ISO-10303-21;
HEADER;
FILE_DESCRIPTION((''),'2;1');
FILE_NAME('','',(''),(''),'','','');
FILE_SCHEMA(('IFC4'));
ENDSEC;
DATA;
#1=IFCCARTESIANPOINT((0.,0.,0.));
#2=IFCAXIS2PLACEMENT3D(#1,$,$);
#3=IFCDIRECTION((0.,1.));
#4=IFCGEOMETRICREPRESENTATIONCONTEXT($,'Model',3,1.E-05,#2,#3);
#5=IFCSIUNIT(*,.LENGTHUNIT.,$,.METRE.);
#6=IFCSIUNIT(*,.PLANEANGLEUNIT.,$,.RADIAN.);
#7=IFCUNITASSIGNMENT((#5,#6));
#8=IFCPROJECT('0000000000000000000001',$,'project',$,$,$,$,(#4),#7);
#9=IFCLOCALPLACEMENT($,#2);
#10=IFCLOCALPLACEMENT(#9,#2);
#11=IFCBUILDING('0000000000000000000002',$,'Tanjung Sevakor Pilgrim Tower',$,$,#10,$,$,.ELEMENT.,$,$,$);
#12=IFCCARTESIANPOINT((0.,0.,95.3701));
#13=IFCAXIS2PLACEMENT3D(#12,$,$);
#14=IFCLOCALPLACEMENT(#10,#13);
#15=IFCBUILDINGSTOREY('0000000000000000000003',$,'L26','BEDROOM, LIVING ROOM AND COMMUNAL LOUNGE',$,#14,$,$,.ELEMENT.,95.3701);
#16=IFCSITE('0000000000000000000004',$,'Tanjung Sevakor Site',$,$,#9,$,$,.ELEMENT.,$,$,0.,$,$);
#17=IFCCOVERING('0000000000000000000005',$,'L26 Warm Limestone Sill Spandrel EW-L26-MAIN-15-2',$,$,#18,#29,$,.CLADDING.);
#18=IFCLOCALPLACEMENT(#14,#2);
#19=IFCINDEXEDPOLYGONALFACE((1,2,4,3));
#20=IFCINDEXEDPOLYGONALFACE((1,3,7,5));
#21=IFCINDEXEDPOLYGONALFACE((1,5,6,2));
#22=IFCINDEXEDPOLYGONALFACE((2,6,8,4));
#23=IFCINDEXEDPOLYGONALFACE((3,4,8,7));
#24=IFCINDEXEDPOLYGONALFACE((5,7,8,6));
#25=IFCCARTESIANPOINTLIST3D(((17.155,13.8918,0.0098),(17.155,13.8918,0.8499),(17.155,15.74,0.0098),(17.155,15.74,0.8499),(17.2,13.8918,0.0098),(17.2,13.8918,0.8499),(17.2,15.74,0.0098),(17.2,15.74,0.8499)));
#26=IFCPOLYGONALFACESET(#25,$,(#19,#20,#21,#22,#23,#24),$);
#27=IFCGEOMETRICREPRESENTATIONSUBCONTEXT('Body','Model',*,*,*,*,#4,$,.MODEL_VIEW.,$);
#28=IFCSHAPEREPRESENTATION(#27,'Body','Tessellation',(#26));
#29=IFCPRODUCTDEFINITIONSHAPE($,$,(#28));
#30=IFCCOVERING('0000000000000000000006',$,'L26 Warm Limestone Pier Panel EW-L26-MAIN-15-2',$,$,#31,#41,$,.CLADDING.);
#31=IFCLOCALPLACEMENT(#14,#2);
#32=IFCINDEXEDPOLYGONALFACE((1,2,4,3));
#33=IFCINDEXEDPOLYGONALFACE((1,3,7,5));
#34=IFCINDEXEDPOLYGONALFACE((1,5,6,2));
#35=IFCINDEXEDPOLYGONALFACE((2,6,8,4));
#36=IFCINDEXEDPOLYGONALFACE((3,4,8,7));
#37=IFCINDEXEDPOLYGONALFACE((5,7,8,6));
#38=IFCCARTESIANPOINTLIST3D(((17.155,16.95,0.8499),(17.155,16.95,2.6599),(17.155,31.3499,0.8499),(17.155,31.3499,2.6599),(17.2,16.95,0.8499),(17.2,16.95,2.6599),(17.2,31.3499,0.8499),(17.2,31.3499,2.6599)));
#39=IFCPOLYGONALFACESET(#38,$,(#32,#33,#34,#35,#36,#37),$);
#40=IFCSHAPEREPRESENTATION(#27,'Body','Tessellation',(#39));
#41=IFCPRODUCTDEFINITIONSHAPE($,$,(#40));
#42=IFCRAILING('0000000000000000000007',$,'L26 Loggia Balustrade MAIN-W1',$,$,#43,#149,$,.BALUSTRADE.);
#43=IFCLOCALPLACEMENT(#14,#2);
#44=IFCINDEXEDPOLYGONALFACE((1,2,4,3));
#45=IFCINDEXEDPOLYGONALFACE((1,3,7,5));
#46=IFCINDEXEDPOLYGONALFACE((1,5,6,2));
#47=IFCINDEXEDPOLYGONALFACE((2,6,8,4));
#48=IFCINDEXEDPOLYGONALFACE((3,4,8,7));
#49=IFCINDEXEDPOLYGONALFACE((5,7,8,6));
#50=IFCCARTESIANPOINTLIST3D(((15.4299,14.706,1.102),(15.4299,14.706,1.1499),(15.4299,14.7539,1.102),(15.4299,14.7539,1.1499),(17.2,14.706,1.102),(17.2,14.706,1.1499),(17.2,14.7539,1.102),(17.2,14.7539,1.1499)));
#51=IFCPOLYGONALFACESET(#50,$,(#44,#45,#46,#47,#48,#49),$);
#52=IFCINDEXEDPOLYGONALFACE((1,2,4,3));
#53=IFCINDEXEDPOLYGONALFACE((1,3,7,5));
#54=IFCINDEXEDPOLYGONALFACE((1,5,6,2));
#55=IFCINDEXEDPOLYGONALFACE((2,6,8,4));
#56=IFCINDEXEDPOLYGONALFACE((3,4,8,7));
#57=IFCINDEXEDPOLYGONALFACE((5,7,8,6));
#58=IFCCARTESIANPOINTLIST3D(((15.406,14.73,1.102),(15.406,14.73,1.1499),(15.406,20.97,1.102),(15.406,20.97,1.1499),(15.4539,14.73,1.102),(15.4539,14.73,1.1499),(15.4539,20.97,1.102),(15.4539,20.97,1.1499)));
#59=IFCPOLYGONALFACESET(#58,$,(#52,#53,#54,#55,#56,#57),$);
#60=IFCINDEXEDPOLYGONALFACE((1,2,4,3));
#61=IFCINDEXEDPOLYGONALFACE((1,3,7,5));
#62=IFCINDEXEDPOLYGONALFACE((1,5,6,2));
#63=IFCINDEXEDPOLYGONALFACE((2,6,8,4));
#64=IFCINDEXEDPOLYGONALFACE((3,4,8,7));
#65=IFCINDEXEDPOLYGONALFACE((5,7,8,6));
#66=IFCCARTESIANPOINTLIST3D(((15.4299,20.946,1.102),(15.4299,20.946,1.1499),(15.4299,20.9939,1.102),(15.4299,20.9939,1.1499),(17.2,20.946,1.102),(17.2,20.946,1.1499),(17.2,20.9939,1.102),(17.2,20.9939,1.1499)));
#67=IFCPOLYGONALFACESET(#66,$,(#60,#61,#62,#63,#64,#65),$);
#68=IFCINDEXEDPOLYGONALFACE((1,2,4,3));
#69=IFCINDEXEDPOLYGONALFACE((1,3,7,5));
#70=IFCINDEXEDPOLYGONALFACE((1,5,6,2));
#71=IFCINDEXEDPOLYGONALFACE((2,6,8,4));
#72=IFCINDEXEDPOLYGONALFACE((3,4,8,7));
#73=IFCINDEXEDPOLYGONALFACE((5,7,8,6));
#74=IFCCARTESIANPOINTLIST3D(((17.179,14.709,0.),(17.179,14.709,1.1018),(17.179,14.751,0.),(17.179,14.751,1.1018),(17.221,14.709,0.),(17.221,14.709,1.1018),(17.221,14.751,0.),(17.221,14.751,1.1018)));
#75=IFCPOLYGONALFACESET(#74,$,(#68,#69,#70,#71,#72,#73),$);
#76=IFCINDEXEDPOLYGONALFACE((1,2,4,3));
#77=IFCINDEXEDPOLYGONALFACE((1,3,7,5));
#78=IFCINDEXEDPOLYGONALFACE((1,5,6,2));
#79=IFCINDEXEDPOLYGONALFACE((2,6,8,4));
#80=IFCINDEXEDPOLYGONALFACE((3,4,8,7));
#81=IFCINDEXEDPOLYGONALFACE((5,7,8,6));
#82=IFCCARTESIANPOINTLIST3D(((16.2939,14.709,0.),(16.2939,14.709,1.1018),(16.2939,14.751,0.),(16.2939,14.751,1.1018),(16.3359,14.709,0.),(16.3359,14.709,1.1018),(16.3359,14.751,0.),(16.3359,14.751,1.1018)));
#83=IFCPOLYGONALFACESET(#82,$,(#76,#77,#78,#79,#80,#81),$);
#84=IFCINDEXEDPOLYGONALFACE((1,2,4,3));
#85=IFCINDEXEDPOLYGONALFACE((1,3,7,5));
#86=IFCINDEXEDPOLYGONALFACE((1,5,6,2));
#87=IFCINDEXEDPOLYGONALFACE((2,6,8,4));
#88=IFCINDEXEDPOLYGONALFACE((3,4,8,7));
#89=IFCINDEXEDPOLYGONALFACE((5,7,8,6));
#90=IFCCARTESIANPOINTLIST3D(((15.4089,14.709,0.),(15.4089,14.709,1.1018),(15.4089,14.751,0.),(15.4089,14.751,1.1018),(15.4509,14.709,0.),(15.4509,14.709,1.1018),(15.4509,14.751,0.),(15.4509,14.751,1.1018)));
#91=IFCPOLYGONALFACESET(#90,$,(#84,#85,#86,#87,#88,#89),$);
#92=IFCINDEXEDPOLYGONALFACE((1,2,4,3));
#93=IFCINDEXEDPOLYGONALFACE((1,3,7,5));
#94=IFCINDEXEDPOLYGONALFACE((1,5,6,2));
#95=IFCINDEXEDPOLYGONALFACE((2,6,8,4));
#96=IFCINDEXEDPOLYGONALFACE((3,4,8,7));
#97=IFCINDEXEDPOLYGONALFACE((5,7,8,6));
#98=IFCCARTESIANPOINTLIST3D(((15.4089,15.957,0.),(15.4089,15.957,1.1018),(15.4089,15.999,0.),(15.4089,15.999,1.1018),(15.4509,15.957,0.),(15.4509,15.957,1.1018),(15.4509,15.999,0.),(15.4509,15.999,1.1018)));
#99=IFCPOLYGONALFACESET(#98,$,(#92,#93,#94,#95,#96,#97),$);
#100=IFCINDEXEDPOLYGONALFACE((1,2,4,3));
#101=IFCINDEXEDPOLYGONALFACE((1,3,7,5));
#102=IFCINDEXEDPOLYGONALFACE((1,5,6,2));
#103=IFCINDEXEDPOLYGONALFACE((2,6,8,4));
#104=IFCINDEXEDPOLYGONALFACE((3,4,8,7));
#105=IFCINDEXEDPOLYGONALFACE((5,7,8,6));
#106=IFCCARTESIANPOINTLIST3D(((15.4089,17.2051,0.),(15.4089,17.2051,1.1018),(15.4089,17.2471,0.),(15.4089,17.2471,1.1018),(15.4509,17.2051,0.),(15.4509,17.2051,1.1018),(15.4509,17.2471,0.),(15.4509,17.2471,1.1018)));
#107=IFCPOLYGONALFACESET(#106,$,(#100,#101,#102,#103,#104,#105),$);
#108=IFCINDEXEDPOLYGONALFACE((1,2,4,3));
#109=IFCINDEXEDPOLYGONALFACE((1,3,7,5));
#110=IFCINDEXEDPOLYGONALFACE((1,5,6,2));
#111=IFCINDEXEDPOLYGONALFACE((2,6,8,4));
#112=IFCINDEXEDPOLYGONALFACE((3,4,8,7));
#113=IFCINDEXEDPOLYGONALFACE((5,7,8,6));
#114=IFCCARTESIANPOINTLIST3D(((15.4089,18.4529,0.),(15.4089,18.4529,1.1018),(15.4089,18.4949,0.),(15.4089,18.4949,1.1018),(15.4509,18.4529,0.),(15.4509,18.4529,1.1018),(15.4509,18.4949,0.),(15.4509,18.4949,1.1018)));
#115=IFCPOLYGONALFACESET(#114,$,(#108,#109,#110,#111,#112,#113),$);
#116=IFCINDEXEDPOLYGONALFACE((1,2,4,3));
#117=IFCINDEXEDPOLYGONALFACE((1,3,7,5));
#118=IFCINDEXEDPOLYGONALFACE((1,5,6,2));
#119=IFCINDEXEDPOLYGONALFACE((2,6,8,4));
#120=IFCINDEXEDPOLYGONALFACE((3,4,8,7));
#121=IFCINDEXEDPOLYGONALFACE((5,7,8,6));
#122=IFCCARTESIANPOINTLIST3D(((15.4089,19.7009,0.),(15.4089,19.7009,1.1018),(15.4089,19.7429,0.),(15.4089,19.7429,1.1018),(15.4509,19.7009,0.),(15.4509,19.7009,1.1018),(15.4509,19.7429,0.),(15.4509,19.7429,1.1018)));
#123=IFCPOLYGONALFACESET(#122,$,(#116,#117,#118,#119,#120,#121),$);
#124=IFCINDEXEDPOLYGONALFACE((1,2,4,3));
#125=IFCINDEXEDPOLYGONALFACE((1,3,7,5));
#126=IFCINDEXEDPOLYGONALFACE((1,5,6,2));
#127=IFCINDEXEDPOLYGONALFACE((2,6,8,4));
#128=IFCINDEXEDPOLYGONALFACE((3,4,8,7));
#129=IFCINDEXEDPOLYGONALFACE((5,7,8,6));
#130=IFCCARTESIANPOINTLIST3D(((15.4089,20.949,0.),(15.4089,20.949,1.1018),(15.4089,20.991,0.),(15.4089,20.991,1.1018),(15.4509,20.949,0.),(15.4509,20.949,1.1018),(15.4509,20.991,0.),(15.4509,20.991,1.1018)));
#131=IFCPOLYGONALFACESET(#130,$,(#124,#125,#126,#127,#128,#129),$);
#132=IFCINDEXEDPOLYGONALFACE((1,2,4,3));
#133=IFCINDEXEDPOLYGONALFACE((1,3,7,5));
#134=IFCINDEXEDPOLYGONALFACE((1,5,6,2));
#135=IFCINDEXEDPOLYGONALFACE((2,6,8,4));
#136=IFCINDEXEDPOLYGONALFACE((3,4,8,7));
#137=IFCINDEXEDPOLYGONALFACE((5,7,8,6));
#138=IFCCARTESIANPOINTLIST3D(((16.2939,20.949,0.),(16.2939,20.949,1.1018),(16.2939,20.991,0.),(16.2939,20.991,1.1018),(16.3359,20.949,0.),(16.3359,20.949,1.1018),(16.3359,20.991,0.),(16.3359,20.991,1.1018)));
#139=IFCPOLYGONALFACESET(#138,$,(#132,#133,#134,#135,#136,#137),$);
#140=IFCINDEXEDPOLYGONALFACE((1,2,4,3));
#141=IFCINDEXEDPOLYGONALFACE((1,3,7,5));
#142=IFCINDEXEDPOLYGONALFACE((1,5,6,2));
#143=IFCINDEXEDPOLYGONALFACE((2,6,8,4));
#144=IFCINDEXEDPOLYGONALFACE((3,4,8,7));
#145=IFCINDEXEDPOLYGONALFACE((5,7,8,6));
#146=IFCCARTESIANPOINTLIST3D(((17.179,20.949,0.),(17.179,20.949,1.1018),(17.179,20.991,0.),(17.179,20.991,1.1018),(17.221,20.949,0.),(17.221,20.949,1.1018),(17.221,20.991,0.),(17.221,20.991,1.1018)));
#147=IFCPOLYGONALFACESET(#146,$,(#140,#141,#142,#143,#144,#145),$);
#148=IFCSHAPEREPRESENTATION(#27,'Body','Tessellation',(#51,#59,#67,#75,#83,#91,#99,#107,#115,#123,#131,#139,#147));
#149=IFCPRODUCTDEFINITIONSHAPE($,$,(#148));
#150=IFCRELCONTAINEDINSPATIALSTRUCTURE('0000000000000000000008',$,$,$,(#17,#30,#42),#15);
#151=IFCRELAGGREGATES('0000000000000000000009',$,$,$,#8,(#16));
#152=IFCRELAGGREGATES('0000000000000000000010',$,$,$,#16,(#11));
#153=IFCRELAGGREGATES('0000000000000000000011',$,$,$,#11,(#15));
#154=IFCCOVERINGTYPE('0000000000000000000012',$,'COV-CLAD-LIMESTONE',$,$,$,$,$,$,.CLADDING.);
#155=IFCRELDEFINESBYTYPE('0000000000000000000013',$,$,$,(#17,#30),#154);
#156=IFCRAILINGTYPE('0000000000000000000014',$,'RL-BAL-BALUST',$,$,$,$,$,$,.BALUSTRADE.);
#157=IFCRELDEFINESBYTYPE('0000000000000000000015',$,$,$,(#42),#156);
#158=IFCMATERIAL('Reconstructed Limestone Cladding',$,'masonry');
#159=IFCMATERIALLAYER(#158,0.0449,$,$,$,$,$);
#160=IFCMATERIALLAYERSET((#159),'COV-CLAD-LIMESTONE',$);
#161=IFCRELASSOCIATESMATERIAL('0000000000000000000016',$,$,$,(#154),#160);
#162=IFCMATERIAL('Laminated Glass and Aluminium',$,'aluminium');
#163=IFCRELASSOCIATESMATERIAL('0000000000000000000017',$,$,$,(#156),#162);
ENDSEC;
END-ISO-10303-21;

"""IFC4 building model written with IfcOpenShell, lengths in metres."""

from ifc_helpers import new_model, si_unit, direction, frame, origin, origin_2d, place, context, subcontext, project, spatial, rectangle, extrude, material, layer, layer_set, type_object, element, save


model = new_model("IFC4")

# Units and contexts
model_context = context("Model", 3, precision=1e-05, world=origin(), true_north=direction((0.0, 1.0)))
body_context = subcontext(model_context, "Body", "Model", "MODEL_VIEW")
ifc_project = project(units=[si_unit("LENGTHUNIT", "METRE"), si_unit("PLANEANGLEUNIT", "RADIAN")], contexts=[model_context])

# Site, building, storey
site_placement = place(None, origin())
site = spatial("IfcSite", under=ifc_project, at=site_placement, Name="Tanjung Sevakor Site", CompositionType="ELEMENT", RefElevation=0.0)
building_placement = place(site_placement, origin())
building = spatial("IfcBuilding", under=site, at=building_placement, Name="Tanjung Sevakor Pilgrim Tower", CompositionType="ELEMENT")
storey_placement = place(building_placement, frame((0.0, 0.0, 95.3701)))
storey = spatial("IfcBuildingStorey", under=building, at=storey_placement, Name="L26", Description="BEDROOM, LIVING ROOM AND COMMUNAL LOUNGE", CompositionType="ELEMENT", Elevation=95.3701)

# Coverings
ifc_material_1 = material(Name="Reconstructed Limestone Cladding", Category="masonry")
ifc_layer_1 = layer(ifc_material_1, 0.0449)
ifc_layer_set_1 = layer_set([ifc_layer_1], Name="COV-CLAD-LIMESTONE")
covering_type = type_object("IfcCoveringType", Name="COV-CLAD-LIMESTONE", PredefinedType="CLADDING", material=ifc_layer_set_1)
covering_1_placement = place(storey_placement, frame((17.1775, 14.8159, 0.0098), z_axis=(0.0, 0.0, 1.0), x_axis=(0.0, -1.0, 0.0)))
element("IfcCovering", 1, at=covering_1_placement, inside=storey, type_object=covering_type, Name="L26 Warm Limestone Sill Spandrel EW-L26-MAIN-15-2", PredefinedType="CLADDING", context=body_context, shape_type="SweptSolid", body=[
    extrude(rectangle(XDim=1.8481, YDim=0.0449, at=origin_2d()), origin(), (0.0, 0.0, 1.0), 0.8401),
])
covering_2_placement = place(storey_placement, frame((17.1775, 24.1499, 0.8499), z_axis=(0.0, 0.0, 1.0), x_axis=(0.0, -1.0, 0.0)))
element("IfcCovering", 2, at=covering_2_placement, inside=storey, type_object=covering_type, Name="L26 Warm Limestone Pier Panel EW-L26-MAIN-15-2", PredefinedType="CLADDING", context=body_context, shape_type="SweptSolid", body=[
    extrude(rectangle(XDim=14.3999, YDim=0.0449, at=origin_2d()), origin(), (0.0, 0.0, 1.0), 1.8101),
])

# Railing
ifc_material_2 = material(Name="Laminated Glass and Aluminium", Category="aluminium")
railing_type = type_object("IfcRailingType", Name="RL-BAL-BALUST", PredefinedType="BALUSTRADE", material=ifc_material_2)
railing_placement = place(storey_placement, frame((17.2, 14.73, 0.0)))
element("IfcRailing", 3, at=railing_placement, inside=storey, type_object=railing_type, Name="L26 Loggia Balustrade MAIN-W1", PredefinedType="BALUSTRADE", context=body_context, shape_type="SweptSolid", body=[
    extrude(rectangle(XDim=0.0479, YDim=0.0479), frame((0.0, 0.0, 1.126), z_axis=(-1.0, 0.0, 0.0), x_axis=(0.0, -1.0, 0.0)), (0.0, 0.0, 1.0), 1.77),
    extrude(rectangle(XDim=0.0479, YDim=0.0479), frame((-1.77, 0.0, 1.126), z_axis=(0.0, 1.0, 0.0), x_axis=(-1.0, 0.0, 0.0)), (0.0, 0.0, 1.0), 6.24),
    extrude(rectangle(XDim=0.0479, YDim=0.0479), frame((-1.77, 6.24, 1.126), z_axis=(1.0, 0.0, 0.0), x_axis=(0.0, 1.0, 0.0)), (0.0, 0.0, 1.0), 1.77),
    extrude(rectangle(XDim=0.042, YDim=0.042), origin(), (0.0, 0.0, 1.0), 1.1018),
    extrude(rectangle(XDim=0.042, YDim=0.042), frame((-0.885, 0.0, 0.0)), (0.0, 0.0, 1.0), 1.1018),
    extrude(rectangle(XDim=0.042, YDim=0.042), frame((-1.77, 0.0, 0.0)), (0.0, 0.0, 1.0), 1.1018),
    extrude(rectangle(XDim=0.042, YDim=0.042), frame((-1.77, 1.248, 0.0)), (0.0, 0.0, 1.0), 1.1018),
    extrude(rectangle(XDim=0.042, YDim=0.042), frame((-1.77, 2.4961, 0.0)), (0.0, 0.0, 1.0), 1.1018),
    extrude(rectangle(XDim=0.042, YDim=0.042), frame((-1.77, 3.7439, 0.0)), (0.0, 0.0, 1.0), 1.1018),
    extrude(rectangle(XDim=0.042, YDim=0.042), frame((-1.77, 4.9919, 0.0)), (0.0, 0.0, 1.0), 1.1018),
    extrude(rectangle(XDim=0.042, YDim=0.042), frame((-1.77, 6.24, 0.0)), (0.0, 0.0, 1.0), 1.1018),
    extrude(rectangle(XDim=0.042, YDim=0.042), frame((-0.885, 6.24, 0.0)), (0.0, 0.0, 1.0), 1.1018),
    extrude(rectangle(XDim=0.042, YDim=0.042), frame((0.0, 6.24, 0.0)), (0.0, 0.0, 1.0), 1.1018),
])

save(model, "model.ifc")
